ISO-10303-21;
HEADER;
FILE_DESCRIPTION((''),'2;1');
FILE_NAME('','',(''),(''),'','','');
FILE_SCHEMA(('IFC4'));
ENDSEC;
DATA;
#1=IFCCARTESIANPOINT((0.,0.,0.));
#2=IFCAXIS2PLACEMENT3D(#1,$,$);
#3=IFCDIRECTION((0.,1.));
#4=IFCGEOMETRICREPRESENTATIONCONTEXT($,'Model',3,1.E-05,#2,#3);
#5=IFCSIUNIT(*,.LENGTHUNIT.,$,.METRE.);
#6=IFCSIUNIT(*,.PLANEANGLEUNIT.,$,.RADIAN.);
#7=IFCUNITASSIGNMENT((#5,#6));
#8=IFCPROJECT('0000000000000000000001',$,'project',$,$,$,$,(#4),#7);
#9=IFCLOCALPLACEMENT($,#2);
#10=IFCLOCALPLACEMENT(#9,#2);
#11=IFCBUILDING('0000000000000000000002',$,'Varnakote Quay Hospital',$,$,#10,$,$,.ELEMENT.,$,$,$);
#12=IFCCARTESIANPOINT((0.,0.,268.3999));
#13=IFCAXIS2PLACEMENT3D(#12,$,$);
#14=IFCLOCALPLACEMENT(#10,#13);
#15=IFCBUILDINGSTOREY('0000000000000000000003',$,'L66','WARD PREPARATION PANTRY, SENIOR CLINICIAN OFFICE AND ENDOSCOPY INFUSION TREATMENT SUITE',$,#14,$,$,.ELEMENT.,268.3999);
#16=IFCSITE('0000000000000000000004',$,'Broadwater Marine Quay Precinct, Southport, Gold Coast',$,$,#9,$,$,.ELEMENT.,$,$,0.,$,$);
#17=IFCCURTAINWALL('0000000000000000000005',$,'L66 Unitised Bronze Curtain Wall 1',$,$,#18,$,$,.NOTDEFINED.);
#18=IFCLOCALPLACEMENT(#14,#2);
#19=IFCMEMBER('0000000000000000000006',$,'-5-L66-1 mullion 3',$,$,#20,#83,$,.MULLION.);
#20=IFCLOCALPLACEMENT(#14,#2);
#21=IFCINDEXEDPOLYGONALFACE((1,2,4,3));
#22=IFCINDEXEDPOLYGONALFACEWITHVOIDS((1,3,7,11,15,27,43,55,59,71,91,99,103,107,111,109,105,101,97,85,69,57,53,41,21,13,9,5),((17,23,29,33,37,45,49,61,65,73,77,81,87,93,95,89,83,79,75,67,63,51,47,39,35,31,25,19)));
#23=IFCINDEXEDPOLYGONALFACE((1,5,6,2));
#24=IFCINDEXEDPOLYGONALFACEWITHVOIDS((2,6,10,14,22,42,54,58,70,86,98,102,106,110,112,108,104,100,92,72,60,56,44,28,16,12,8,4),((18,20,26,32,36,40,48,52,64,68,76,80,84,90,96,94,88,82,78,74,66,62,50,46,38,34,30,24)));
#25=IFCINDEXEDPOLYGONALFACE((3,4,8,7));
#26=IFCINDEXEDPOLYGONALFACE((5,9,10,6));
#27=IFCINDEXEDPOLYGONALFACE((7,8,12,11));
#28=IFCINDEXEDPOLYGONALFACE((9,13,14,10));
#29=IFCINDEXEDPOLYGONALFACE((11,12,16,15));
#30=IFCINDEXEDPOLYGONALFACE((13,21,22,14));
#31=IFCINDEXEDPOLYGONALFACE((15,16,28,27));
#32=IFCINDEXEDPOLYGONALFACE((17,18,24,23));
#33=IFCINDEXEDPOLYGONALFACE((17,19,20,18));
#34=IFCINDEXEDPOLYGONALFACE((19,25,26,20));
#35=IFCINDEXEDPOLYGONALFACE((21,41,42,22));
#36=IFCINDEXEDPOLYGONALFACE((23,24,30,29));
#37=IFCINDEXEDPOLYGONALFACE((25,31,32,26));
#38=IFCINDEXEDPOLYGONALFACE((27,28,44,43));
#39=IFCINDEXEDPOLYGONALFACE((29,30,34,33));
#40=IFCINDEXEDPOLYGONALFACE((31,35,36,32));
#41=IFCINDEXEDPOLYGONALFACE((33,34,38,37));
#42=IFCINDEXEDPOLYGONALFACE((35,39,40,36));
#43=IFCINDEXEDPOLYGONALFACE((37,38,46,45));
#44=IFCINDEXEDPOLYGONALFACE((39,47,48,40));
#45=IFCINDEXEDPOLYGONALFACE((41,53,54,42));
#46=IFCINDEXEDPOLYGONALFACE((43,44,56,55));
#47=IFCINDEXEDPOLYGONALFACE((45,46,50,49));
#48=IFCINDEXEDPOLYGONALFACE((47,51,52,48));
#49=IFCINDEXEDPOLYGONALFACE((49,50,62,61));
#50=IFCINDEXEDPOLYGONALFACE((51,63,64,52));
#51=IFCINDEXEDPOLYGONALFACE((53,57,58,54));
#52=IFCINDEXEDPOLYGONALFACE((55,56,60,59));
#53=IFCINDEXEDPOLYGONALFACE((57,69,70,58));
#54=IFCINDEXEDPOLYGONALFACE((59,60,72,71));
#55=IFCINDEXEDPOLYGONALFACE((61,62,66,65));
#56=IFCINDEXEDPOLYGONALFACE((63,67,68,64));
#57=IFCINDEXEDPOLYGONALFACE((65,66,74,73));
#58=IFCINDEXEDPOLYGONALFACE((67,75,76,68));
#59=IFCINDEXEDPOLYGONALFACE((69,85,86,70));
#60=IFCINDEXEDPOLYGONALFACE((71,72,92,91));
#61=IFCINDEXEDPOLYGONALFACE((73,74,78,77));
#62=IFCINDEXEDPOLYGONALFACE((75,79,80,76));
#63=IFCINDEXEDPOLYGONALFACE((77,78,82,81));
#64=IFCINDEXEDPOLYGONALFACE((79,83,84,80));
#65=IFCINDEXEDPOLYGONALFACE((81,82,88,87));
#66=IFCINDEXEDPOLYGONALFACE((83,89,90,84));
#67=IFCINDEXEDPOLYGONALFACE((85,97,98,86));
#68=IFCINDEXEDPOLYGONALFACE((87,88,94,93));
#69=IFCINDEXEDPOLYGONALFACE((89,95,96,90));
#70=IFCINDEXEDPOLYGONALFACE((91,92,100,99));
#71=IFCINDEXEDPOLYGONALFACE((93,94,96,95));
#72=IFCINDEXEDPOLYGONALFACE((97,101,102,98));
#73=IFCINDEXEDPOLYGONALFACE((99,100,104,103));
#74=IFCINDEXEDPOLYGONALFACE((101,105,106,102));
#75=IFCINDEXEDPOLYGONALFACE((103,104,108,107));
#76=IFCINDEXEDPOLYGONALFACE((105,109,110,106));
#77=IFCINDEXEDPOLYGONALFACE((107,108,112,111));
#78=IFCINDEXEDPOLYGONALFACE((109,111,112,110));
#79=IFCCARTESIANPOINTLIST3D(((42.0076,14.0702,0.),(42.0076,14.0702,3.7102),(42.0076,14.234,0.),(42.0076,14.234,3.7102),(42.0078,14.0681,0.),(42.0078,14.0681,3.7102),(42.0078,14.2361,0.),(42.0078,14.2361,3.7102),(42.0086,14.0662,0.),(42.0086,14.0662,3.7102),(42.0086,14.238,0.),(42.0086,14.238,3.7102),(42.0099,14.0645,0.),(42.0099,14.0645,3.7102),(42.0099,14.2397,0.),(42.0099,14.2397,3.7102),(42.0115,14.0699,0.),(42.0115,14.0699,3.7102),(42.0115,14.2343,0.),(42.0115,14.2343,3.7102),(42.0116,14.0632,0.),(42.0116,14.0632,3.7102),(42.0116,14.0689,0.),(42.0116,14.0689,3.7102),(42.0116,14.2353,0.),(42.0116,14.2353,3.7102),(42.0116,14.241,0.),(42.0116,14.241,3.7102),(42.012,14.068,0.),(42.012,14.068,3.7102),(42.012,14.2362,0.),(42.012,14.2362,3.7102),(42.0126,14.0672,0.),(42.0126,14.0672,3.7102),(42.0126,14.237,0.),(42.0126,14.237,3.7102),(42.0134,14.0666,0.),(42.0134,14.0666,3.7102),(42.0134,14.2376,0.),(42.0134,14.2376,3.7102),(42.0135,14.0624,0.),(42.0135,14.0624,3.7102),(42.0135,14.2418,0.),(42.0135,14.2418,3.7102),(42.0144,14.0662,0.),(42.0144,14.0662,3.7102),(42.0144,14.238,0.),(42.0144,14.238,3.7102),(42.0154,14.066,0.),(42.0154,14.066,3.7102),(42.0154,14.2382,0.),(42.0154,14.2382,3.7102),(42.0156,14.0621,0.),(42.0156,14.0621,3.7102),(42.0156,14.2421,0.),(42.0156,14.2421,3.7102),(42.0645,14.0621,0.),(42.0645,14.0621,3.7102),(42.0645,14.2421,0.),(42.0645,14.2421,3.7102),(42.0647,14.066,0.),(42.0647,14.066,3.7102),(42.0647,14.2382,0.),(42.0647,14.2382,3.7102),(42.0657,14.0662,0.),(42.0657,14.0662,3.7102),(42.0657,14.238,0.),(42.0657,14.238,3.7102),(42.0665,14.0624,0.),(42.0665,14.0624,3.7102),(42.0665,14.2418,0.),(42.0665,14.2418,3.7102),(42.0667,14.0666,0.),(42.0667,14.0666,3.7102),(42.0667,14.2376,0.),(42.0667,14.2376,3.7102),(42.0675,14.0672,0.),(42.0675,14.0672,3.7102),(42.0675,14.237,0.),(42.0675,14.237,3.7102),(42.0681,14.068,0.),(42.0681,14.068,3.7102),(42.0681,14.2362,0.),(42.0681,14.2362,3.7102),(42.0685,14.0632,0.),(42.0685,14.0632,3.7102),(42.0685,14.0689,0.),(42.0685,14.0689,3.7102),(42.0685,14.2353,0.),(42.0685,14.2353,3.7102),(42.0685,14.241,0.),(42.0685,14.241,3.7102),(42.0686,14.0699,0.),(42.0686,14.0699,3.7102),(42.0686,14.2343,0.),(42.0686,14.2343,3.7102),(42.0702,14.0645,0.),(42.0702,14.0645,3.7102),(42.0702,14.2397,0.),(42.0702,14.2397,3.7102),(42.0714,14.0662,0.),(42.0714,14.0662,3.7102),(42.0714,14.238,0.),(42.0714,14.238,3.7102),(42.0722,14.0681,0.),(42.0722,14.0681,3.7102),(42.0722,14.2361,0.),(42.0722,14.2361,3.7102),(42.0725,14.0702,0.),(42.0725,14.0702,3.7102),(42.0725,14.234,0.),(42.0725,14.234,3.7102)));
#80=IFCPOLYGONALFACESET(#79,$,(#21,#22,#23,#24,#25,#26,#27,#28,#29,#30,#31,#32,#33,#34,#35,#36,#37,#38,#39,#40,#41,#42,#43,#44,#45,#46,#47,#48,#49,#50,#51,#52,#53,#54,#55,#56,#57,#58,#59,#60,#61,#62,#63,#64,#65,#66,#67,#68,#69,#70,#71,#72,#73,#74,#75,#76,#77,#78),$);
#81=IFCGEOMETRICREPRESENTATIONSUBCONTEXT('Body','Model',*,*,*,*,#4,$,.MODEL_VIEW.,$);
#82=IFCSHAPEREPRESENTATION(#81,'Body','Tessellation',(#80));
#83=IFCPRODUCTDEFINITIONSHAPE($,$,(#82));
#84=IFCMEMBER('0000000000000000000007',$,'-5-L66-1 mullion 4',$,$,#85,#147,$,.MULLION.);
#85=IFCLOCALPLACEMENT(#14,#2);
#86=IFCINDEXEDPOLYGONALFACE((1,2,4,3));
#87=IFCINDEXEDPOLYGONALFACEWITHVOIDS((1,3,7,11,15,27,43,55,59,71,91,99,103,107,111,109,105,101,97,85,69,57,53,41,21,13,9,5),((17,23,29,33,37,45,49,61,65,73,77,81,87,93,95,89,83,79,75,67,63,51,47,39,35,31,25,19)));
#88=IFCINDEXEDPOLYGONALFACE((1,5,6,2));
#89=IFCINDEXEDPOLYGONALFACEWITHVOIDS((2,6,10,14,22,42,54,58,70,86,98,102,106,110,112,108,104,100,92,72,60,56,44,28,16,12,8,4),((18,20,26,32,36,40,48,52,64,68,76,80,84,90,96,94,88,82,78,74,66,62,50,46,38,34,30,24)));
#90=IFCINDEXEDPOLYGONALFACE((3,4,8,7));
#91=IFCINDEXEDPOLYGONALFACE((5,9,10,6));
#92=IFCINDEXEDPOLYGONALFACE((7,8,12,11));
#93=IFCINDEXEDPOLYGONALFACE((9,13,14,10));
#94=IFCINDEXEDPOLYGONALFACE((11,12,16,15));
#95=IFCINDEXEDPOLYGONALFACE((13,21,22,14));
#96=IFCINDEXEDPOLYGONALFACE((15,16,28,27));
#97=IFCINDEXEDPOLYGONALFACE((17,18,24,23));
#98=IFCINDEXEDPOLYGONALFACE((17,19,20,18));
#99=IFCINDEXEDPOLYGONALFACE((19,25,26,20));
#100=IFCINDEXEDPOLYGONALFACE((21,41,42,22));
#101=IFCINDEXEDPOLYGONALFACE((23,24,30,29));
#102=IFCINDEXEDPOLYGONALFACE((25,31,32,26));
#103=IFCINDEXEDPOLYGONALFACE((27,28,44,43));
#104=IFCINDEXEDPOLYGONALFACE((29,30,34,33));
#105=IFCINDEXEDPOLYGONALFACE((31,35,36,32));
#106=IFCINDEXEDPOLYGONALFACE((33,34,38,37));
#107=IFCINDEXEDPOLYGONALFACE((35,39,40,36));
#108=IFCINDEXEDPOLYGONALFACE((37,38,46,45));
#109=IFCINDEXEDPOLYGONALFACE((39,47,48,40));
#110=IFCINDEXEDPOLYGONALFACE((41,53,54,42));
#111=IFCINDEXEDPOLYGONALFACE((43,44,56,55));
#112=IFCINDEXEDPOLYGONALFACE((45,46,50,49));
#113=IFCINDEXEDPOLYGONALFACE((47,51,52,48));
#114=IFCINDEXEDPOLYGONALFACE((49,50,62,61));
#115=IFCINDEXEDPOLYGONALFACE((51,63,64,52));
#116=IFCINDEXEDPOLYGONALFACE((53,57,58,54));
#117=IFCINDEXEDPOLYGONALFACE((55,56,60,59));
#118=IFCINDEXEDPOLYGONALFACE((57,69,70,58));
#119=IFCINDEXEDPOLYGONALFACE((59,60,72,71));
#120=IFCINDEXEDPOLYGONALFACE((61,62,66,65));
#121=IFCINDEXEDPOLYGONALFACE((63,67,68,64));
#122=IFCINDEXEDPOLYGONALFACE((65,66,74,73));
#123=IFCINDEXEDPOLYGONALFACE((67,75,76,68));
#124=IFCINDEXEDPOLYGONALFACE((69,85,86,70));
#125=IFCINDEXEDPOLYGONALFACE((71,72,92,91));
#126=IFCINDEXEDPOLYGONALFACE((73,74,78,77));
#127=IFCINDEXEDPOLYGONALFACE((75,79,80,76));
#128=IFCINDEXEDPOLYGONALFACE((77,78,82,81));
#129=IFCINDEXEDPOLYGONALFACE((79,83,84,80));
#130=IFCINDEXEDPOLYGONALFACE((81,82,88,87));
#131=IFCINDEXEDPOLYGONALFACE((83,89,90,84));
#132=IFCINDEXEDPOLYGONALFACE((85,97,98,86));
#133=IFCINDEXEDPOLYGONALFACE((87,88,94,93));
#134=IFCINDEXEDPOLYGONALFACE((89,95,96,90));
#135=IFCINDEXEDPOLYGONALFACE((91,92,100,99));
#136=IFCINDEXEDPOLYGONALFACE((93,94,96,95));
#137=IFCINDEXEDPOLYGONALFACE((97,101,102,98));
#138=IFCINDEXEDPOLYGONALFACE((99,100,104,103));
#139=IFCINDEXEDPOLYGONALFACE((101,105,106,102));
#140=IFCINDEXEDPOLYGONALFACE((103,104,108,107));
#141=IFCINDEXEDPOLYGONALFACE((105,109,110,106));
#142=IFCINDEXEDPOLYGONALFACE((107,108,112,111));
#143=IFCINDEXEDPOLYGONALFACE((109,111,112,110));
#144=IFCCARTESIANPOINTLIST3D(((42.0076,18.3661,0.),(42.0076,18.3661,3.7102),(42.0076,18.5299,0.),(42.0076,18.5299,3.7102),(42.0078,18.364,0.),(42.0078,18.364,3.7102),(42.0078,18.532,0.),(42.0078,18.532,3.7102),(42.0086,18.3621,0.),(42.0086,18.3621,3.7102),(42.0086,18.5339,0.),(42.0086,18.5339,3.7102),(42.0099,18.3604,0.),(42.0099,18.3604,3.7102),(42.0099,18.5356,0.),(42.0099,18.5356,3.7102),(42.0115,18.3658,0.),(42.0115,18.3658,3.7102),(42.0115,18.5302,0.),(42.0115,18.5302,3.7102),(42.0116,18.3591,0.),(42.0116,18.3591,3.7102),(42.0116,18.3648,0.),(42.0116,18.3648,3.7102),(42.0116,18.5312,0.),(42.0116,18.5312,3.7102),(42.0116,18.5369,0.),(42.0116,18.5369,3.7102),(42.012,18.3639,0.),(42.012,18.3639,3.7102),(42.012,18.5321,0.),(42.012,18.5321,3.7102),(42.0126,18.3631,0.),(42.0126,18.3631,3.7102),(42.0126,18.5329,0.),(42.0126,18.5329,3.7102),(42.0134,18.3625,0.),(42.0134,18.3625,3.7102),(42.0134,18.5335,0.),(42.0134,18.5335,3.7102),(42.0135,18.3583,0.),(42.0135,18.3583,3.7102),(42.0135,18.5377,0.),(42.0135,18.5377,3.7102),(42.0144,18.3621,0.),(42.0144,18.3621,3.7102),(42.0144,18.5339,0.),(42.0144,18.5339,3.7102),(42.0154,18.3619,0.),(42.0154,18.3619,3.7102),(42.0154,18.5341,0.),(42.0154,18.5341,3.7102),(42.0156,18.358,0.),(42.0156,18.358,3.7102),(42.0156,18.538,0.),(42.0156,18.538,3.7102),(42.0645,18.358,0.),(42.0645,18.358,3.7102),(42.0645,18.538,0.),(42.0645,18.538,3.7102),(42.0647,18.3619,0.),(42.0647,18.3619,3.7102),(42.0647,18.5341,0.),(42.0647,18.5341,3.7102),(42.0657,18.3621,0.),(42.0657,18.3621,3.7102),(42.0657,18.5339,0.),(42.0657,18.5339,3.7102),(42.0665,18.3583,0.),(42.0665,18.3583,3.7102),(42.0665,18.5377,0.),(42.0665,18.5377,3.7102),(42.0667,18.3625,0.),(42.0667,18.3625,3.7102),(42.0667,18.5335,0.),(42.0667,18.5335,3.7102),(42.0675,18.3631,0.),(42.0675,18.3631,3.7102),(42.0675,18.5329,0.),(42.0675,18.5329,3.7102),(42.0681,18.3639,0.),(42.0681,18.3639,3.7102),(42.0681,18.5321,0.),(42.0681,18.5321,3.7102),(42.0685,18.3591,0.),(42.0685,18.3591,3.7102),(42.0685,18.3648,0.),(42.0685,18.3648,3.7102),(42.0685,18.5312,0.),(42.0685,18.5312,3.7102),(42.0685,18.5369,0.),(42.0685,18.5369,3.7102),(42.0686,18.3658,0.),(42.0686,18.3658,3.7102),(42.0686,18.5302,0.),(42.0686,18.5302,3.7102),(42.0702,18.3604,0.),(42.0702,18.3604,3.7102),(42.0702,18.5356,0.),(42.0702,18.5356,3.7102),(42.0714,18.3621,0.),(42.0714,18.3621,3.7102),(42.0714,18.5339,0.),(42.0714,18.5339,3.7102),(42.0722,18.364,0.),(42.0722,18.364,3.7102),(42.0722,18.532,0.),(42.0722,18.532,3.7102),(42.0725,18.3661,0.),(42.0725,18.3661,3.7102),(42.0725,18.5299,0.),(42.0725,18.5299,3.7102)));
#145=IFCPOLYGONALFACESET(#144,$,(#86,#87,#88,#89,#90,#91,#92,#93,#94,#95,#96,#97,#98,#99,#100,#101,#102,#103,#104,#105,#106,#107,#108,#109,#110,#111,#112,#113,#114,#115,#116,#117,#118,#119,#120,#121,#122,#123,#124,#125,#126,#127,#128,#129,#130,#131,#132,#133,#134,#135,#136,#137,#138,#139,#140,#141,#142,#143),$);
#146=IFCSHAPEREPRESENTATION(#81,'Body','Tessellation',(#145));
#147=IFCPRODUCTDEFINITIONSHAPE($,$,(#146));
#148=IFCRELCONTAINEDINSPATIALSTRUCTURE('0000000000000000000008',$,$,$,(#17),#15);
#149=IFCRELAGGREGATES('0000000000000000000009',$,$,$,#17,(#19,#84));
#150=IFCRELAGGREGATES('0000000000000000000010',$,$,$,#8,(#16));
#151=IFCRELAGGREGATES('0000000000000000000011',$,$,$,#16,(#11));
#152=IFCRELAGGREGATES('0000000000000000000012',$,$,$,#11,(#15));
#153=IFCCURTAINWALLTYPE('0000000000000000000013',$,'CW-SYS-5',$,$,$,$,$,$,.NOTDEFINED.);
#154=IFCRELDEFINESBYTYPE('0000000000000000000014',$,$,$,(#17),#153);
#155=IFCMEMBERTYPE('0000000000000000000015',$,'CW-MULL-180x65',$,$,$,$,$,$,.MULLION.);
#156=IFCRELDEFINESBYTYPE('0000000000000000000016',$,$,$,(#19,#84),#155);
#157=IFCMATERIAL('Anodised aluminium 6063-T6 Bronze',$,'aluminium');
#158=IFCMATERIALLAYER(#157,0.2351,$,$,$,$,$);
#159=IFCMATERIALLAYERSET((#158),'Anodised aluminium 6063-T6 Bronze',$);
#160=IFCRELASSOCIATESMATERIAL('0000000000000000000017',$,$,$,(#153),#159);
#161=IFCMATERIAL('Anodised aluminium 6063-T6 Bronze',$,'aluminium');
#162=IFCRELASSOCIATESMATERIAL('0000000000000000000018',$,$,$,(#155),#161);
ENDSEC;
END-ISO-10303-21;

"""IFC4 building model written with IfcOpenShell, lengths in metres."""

from ifc_helpers import new_model, si_unit, direction, frame, origin, origin_2d, place, context, subcontext, project, spatial, hollow_rectangle, extrude, material, layer, layer_set, material_profile, profile_set, type_object, element, aggregate, save


model = new_model("IFC4")

# Units and contexts
model_context = context("Model", 3, precision=1e-05, world=origin(), true_north=direction((0.0, 1.0)))
body_context = subcontext(model_context, "Body", "Model", "MODEL_VIEW")
ifc_project = project(units=[si_unit("LENGTHUNIT", "METRE"), si_unit("PLANEANGLEUNIT", "RADIAN")], contexts=[model_context])

# Site, building, storey
site_placement = place(None, origin())
site = spatial("IfcSite", under=ifc_project, at=site_placement, Name="Broadwater Marine Quay Precinct, Southport, Gold Coast", CompositionType="ELEMENT", RefElevation=0.0)
building_placement = place(site_placement, origin())
building = spatial("IfcBuilding", under=site, at=building_placement, Name="Varnakote Quay Hospital", CompositionType="ELEMENT")
storey_placement = place(building_placement, frame((0.0, 0.0, 268.3999)))
storey = spatial("IfcBuildingStorey", under=building, at=storey_placement, Name="L66", Description="WARD PREPARATION PANTRY, SENIOR CLINICIAN OFFICE AND ENDOSCOPY INFUSION TREATMENT SUITE", CompositionType="ELEMENT", Elevation=268.3999)

# Curtain wall, members
ifc_material_1 = material(Name="Anodised aluminium 6063-T6 Bronze", Category="aluminium")
ifc_layer_1 = layer(ifc_material_1, 0.2351)
ifc_layer_set_1 = layer_set([ifc_layer_1], Name="Anodised aluminium 6063-T6 Bronze")
curtain_wall_type = type_object("IfcCurtainWallType", Name="CW-SYS-5", PredefinedType="NOTDEFINED", material=ifc_layer_set_1)
curtain_wall_placement = place(storey_placement, origin())
curtain_wall = element("IfcCurtainWall", 1, at=curtain_wall_placement, inside=storey, type_object=curtain_wall_type, Name="L66 Unitised Bronze Curtain Wall 1", PredefinedType="NOTDEFINED")
ifc_material_2 = material(Name="Anodised aluminium 6063-T6 Bronze", Category="aluminium")
ifc_material_profile_1 = material_profile(ifc_material_2, hollow_rectangle(XDim=0.0649, YDim=0.1799, WallThickness=0.0039, InnerFilletRadius=0.0039, OuterFilletRadius=0.0081, at=origin_2d()), Name="CW-MULL-180x65")
ifc_profile_set_1 = profile_set([ifc_material_profile_1], Name="Anodised aluminium 6063-T6 Bronze")
member_type_1 = type_object("IfcMemberType", Name="CW-MULL-180x65", PredefinedType="MULLION", material=ifc_profile_set_1)
member_1_placement = place(storey_placement, frame((42.04, 14.1521, 0.0), z_axis=(0.0, 0.0, 1.0), x_axis=(-1.0, 0.0, 0.0)))
member_1 = element("IfcMember", 2, at=member_1_placement, type_object=member_type_1, Name="-5-L66-1 mullion 3", PredefinedType="MULLION", context=body_context, shape_type="SweptSolid", body=[
    extrude(hollow_rectangle(XDim=0.0649, YDim=0.1799, WallThickness=0.0039, InnerFilletRadius=0.0039, OuterFilletRadius=0.0081, at=origin_2d()), origin(), (0.0, 0.0, 1.0), 3.7102),
])
member_2_placement = place(storey_placement, frame((42.04, 18.448, 0.0), z_axis=(0.0, 0.0, 1.0), x_axis=(-1.0, 0.0, 0.0)))
member_2 = element("IfcMember", 3, at=member_2_placement, type_object=member_type_1, Name="-5-L66-1 mullion 4", PredefinedType="MULLION", context=body_context, shape_type="SweptSolid", body=[
    extrude(hollow_rectangle(XDim=0.0649, YDim=0.1799, WallThickness=0.0039, InnerFilletRadius=0.0039, OuterFilletRadius=0.0081, at=origin_2d()), origin(), (0.0, 0.0, 1.0), 3.7102),
])
aggregate(curtain_wall, [member_1, member_2])

save(model, "model.ifc")
